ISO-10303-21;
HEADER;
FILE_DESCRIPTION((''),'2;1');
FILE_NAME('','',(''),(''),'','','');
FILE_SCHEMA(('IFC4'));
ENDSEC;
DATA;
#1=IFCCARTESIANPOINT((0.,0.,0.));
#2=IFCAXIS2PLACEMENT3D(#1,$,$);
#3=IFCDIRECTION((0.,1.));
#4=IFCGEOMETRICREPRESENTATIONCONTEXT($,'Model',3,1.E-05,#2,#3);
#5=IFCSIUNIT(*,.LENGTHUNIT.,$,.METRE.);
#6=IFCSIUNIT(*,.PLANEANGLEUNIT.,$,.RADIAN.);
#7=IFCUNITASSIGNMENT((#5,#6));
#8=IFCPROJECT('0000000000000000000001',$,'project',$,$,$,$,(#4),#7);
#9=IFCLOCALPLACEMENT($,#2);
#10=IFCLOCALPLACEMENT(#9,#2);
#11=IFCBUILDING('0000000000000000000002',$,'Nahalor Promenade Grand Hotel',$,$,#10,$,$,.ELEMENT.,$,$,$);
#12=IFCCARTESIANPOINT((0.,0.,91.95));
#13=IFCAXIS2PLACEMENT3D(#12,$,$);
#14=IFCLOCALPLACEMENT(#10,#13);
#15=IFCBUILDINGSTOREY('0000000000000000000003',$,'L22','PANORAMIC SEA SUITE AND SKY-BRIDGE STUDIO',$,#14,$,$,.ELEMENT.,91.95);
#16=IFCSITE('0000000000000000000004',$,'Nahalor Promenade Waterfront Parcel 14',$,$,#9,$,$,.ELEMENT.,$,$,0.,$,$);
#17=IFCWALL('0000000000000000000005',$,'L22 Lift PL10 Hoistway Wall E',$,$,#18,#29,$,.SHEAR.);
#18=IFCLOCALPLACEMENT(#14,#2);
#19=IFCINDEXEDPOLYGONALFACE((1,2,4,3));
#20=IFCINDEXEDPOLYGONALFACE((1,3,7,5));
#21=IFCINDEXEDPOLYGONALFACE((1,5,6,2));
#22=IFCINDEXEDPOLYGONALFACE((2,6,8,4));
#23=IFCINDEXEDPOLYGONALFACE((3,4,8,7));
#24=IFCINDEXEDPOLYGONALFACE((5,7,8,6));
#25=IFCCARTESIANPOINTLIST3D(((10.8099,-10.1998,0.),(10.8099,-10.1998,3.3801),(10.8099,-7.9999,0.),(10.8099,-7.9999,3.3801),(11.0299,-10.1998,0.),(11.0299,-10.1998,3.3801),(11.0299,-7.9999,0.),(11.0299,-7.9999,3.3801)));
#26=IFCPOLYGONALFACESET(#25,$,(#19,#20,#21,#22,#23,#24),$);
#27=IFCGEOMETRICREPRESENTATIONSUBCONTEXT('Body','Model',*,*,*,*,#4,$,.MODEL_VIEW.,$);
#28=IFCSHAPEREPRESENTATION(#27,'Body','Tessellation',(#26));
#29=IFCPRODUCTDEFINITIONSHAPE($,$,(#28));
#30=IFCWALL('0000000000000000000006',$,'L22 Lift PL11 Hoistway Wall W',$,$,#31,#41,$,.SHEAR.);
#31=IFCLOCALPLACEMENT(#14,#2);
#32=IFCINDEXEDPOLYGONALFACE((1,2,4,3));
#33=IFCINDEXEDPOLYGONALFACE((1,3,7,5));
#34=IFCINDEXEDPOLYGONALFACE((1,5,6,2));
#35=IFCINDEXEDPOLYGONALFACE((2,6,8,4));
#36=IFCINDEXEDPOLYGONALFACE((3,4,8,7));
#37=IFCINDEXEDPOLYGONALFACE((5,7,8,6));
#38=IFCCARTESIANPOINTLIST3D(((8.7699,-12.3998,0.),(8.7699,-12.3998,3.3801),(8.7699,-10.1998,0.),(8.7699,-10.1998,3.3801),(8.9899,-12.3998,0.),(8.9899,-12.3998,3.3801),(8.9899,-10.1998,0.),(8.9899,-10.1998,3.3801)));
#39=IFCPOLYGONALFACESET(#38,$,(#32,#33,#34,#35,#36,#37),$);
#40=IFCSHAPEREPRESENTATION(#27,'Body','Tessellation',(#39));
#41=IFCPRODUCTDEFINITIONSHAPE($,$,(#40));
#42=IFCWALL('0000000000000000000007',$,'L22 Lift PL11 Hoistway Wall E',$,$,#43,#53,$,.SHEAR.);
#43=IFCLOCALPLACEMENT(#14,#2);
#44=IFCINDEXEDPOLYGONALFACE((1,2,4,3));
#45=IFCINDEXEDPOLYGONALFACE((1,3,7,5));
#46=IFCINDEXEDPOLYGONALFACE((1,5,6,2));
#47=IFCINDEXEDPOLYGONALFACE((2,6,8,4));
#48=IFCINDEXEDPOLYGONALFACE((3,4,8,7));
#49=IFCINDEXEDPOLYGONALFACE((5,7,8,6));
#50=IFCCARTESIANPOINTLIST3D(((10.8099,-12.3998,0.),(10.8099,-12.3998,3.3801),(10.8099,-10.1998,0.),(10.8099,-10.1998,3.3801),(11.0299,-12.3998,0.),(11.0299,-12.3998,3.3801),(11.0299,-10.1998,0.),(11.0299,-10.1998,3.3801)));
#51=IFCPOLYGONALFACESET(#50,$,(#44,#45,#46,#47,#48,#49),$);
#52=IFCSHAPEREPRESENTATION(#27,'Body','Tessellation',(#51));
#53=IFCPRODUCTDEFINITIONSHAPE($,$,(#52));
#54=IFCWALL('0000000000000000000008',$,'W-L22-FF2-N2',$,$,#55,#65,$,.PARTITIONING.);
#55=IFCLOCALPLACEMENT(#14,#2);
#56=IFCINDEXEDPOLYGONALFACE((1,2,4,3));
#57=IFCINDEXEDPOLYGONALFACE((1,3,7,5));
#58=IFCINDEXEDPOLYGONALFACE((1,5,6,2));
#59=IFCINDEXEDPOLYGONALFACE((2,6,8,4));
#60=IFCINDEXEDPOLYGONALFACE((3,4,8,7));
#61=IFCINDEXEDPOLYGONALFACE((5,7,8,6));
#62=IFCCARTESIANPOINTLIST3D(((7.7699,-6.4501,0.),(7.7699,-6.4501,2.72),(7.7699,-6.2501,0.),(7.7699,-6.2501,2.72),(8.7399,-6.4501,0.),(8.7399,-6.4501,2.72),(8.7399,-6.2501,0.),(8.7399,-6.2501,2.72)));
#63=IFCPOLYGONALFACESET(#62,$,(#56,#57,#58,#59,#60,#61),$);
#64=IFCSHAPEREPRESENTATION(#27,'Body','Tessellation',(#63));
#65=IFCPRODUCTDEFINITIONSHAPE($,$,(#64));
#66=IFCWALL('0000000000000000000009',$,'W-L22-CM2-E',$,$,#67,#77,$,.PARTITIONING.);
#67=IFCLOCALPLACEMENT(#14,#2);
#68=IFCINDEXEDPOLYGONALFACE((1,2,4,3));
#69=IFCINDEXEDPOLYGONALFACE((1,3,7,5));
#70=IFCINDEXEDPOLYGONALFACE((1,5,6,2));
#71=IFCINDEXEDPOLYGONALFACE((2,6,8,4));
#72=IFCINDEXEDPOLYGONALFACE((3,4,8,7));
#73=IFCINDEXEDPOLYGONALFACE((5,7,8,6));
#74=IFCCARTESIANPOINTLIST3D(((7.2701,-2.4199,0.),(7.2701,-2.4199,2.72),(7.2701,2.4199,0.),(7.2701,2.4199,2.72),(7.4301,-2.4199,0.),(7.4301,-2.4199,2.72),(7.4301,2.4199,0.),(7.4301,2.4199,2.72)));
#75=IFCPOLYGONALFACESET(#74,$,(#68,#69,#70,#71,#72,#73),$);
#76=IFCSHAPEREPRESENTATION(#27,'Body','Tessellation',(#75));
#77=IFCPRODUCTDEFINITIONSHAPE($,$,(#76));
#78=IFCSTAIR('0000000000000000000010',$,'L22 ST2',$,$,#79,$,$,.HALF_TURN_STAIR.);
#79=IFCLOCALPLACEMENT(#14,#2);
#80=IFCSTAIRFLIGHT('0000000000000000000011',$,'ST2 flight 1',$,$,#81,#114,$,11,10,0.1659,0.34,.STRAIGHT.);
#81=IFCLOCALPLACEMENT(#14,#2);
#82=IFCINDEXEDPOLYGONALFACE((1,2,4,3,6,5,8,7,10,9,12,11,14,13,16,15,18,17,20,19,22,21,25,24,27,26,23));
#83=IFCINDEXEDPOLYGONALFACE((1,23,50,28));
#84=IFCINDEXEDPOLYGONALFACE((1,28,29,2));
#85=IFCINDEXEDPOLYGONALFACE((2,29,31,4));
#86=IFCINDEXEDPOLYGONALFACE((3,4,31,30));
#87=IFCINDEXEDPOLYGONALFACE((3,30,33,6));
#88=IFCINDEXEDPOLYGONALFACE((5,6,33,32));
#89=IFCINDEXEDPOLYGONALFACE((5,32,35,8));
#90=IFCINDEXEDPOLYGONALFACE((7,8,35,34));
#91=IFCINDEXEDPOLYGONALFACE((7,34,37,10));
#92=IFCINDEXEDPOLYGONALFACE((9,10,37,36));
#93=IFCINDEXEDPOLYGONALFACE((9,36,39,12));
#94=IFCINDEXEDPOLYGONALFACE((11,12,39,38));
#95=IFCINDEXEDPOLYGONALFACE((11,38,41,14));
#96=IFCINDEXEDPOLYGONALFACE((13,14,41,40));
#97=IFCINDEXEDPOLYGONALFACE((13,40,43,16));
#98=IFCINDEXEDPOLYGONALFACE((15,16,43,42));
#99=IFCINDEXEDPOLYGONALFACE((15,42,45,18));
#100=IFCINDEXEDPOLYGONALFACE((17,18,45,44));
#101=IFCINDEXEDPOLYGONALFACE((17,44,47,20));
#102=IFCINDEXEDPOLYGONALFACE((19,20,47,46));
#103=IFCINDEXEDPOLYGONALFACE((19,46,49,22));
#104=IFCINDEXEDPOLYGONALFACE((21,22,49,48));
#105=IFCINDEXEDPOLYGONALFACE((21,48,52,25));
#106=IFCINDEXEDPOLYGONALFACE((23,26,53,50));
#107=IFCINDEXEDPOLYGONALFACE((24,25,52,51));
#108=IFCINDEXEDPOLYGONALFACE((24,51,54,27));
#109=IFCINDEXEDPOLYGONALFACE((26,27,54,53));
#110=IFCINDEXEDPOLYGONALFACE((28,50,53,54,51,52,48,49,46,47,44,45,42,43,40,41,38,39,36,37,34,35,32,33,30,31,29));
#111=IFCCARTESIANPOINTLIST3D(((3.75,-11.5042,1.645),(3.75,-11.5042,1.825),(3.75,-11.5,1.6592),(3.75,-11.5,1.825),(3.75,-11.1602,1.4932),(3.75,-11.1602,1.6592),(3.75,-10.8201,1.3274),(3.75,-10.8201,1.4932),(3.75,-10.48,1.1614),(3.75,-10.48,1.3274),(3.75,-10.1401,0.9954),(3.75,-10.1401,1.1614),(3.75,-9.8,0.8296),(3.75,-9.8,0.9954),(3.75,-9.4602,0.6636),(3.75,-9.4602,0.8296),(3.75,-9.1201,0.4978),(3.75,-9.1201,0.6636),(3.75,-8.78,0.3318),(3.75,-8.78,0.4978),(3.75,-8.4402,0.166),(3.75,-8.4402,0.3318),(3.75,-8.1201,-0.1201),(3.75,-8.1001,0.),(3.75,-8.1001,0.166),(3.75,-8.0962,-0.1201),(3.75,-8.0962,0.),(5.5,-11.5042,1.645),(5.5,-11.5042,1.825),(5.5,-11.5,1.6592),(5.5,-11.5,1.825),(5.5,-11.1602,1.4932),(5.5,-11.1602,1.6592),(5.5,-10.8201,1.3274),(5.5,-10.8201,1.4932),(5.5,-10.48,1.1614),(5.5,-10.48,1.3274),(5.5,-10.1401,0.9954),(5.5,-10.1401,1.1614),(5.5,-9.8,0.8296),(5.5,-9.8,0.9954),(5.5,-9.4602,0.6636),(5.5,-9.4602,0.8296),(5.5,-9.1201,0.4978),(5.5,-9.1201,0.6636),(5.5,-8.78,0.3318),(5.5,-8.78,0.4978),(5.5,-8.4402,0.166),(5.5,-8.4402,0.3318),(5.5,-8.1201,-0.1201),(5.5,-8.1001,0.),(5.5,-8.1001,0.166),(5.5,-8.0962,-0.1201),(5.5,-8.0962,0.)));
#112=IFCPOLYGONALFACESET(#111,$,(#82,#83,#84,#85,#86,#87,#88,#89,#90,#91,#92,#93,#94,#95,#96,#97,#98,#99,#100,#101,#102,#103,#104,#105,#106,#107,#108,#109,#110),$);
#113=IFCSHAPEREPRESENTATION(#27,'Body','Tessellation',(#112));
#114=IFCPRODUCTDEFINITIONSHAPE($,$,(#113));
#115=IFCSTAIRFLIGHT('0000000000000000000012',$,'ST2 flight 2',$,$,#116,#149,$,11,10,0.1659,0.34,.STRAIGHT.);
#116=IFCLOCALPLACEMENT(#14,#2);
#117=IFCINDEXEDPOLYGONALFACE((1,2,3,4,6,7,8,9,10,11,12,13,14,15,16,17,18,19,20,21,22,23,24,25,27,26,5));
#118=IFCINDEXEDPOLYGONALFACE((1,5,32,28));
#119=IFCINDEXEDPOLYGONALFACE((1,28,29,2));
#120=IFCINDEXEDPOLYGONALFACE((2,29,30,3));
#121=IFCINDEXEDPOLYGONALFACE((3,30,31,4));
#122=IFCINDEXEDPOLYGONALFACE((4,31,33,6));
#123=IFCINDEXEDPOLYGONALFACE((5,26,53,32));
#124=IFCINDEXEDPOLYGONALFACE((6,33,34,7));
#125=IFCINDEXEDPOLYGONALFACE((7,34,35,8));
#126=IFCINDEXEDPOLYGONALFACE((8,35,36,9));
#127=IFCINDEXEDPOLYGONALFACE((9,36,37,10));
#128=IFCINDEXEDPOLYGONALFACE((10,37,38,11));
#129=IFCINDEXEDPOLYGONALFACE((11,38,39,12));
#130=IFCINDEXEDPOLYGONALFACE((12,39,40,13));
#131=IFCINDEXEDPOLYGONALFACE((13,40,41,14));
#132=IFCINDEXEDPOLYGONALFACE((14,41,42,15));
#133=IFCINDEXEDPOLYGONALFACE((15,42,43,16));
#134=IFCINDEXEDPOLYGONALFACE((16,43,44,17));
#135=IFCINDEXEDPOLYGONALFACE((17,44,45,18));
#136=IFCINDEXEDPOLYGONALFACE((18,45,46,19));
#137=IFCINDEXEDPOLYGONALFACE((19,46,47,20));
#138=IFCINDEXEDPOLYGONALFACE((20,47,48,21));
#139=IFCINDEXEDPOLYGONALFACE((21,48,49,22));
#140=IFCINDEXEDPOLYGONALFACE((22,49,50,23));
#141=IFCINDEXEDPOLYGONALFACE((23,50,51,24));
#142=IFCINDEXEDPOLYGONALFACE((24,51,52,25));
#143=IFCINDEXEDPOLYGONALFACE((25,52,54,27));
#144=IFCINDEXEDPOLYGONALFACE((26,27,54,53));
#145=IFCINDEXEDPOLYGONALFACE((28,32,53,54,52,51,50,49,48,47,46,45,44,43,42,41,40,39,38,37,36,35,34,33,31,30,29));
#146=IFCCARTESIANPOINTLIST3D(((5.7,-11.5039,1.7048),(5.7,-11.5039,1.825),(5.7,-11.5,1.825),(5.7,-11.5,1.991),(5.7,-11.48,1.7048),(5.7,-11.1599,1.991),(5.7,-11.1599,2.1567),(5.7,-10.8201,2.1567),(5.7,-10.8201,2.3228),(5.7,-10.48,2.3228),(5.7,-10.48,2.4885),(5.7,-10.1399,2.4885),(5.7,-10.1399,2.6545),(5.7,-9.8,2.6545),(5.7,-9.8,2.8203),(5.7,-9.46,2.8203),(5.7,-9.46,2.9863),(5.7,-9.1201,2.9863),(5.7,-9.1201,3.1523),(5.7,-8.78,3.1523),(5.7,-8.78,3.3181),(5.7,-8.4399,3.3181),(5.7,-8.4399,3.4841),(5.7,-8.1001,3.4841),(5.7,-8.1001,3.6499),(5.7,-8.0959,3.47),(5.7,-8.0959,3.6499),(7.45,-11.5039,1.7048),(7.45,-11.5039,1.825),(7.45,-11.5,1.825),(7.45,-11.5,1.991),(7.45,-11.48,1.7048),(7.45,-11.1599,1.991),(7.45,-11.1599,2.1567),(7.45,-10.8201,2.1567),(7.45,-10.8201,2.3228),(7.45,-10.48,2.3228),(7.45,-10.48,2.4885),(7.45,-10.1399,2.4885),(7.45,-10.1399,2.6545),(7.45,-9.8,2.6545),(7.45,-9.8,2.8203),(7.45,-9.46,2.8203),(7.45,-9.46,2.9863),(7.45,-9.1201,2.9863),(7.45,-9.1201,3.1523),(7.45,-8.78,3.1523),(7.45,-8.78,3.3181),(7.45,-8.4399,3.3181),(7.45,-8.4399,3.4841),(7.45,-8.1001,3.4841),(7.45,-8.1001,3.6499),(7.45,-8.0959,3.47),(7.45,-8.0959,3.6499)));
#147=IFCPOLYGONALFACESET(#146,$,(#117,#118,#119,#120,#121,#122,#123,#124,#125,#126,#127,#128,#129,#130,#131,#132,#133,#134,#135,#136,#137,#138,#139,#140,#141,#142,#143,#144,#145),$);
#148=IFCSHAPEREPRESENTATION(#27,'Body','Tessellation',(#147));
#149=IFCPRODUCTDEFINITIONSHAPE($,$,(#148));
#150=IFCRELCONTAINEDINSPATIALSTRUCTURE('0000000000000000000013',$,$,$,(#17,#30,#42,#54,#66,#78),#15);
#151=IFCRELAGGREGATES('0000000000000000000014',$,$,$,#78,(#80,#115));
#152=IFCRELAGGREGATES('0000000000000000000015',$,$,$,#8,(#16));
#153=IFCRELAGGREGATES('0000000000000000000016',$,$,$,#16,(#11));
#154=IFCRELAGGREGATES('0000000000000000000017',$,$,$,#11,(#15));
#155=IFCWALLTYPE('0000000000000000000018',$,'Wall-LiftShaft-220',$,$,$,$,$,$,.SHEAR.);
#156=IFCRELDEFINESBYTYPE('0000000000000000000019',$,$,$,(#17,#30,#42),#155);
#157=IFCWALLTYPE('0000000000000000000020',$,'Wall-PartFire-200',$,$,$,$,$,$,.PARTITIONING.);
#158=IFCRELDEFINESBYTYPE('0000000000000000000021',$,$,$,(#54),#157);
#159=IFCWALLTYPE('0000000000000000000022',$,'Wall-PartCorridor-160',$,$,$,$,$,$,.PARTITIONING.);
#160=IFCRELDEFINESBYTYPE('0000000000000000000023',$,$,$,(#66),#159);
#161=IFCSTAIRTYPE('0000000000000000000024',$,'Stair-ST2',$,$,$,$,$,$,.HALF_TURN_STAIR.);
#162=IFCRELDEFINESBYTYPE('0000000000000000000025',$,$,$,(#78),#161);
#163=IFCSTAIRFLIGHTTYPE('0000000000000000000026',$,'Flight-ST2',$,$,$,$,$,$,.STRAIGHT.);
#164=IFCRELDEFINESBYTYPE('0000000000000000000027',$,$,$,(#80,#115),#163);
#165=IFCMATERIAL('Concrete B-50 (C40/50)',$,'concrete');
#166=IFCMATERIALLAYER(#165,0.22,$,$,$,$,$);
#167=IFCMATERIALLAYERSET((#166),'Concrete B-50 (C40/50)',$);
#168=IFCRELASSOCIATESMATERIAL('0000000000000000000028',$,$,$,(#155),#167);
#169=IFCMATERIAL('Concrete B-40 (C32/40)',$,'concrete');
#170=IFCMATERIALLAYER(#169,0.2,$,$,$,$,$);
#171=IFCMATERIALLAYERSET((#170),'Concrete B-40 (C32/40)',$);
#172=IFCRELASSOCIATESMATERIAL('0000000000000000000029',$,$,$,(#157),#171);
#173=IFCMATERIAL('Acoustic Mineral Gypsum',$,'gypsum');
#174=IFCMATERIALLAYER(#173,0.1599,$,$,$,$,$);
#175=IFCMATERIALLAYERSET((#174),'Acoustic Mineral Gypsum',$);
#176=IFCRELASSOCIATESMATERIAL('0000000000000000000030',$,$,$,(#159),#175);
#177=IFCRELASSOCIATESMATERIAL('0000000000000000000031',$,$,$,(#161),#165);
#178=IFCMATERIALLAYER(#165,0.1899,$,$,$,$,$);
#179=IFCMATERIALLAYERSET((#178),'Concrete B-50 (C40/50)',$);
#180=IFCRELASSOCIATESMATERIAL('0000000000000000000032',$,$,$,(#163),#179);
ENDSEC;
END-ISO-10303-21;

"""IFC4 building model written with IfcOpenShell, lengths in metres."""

from ifc_helpers import new_model, si_unit, direction, frame, frame_2d, origin, place, context, subcontext, project, spatial, polyline, rectangle, outline, extrude, source, transform, mapped, material, layer, layer_set, type_object, element, aggregate, save


model = new_model("IFC4")

# Units and contexts
model_context = context("Model", 3, precision=1e-05, world=origin(), true_north=direction((0.0, 1.0)))
body_context = subcontext(model_context, "Body", "Model", "MODEL_VIEW")
ifc_project = project(units=[si_unit("LENGTHUNIT", "METRE"), si_unit("PLANEANGLEUNIT", "RADIAN")], contexts=[model_context])

# Site, building, storey
site_placement = place(None, origin())
site = spatial("IfcSite", under=ifc_project, at=site_placement, Name="Nahalor Promenade Waterfront Parcel 14", CompositionType="ELEMENT", RefElevation=0.0)
building_placement = place(site_placement, origin())
building = spatial("IfcBuilding", under=site, at=building_placement, Name="Nahalor Promenade Grand Hotel", CompositionType="ELEMENT")
storey_placement = place(building_placement, frame((0.0, 0.0, 91.95)))
storey = spatial("IfcBuildingStorey", under=building, at=storey_placement, Name="L22", Description="PANORAMIC SEA SUITE AND SKY-BRIDGE STUDIO", CompositionType="ELEMENT", Elevation=91.95)

# Walls
ifc_material_1 = material(Name="Concrete B-50 (C40/50)", Category="concrete")
ifc_layer_1 = layer(ifc_material_1, 0.22)
ifc_layer_set_1 = layer_set([ifc_layer_1], Name="Concrete B-50 (C40/50)")
wall_type_1 = type_object("IfcWallType", Name="Wall-LiftShaft-220", PredefinedType="SHEAR", material=ifc_layer_set_1)
shared_shape_1 = source(origin(), body_context, "Body", "SweptSolid", [
    extrude(rectangle(XDim=2.2, YDim=0.22, at=frame_2d((1.1001, 0.0))), origin(), (0.0, 0.0, 1.0), 3.3801),
])
for number, where, z_axis, x_axis, name in (
    (1, (10.9199, -10.2, 0.0), (0.0, 0.0, 1.0), (0.0, 1.0, 0.0), "L22 Lift PL10 Hoistway Wall E"),
    (2, (8.8799, -12.3999, 0.0), (0.0, 0.0, 1.0), (0.0, 1.0, 0.0), "L22 Lift PL11 Hoistway Wall W"),
    (3, (10.9199, -12.3999, 0.0), (0.0, 0.0, 1.0), (0.0, 1.0, 0.0), "L22 Lift PL11 Hoistway Wall E"),
):
    element("IfcWall", number, at=place(storey_placement, frame(where, z_axis=z_axis, x_axis=x_axis)), inside=storey, type_object=wall_type_1, Name=name, PredefinedType="SHEAR", context=body_context, shape_type="MappedRepresentation", body=[
        mapped(shared_shape_1, transform((0.0, 0.0, 0.0), scale=1.0)),
    ])
ifc_material_2 = material(Name="Concrete B-40 (C32/40)", Category="concrete")
ifc_layer_2 = layer(ifc_material_2, 0.2)
ifc_layer_set_2 = layer_set([ifc_layer_2], Name="Concrete B-40 (C32/40)")
wall_type_2 = type_object("IfcWallType", Name="Wall-PartFire-200", PredefinedType="PARTITIONING", material=ifc_layer_set_2)
shared_shape_2 = source(origin(), body_context, "Body", "SweptSolid", [
    extrude(rectangle(XDim=0.97, YDim=0.2, at=frame_2d((0.4849, 0.0))), origin(), (0.0, 0.0, 1.0), 2.72),
])
wall_1_placement = place(storey_placement, frame((7.77, -6.3501, 0.0), z_axis=(0.0, 0.0, 1.0), x_axis=(1.0, 0.0, 0.0)))
element("IfcWall", 4, at=wall_1_placement, inside=storey, type_object=wall_type_2, Name="W-L22-FF2-N2", PredefinedType="PARTITIONING", context=body_context, shape_type="MappedRepresentation", body=[
    mapped(shared_shape_2, transform((0.0, 0.0, 0.0), scale=1.0)),
])
ifc_material_3 = material(Name="Acoustic Mineral Gypsum", Category="gypsum")
ifc_layer_3 = layer(ifc_material_3, 0.1599)
ifc_layer_set_3 = layer_set([ifc_layer_3], Name="Acoustic Mineral Gypsum")
wall_type_3 = type_object("IfcWallType", Name="Wall-PartCorridor-160", PredefinedType="PARTITIONING", material=ifc_layer_set_3)
shared_shape_3 = source(origin(), body_context, "Body", "SweptSolid", [
    extrude(rectangle(XDim=4.8398, YDim=0.1599, at=frame_2d((2.4199, 0.0))), origin(), (0.0, 0.0, 1.0), 2.72),
])
wall_2_placement = place(storey_placement, frame((7.3501, -2.4199, 0.0), z_axis=(0.0, 0.0, 1.0), x_axis=(0.0, 1.0, 0.0)))
element("IfcWall", 5, at=wall_2_placement, inside=storey, type_object=wall_type_3, Name="W-L22-CM2-E", PredefinedType="PARTITIONING", context=body_context, shape_type="MappedRepresentation", body=[
    mapped(shared_shape_3, transform((0.0, 0.0, 0.0), scale=1.0)),
])

# Stair, stair flights
stair_type = type_object("IfcStairType", Name="Stair-ST2", PredefinedType="HALF_TURN_STAIR", material=ifc_material_1)
stair_placement = place(storey_placement, origin())
stair = element("IfcStair", 6, at=stair_placement, inside=storey, type_object=stair_type, Name="L22 ST2", PredefinedType="HALF_TURN_STAIR")
ifc_layer_4 = layer(ifc_material_1, 0.1899)
ifc_layer_set_4 = layer_set([ifc_layer_4], Name="Concrete B-50 (C40/50)")
stair_flight_type = type_object("IfcStairFlightType", Name="Flight-ST2", PredefinedType="STRAIGHT", material=ifc_layer_set_4)
shared_shape_4 = source(origin(), body_context, "Body", "SweptSolid", [
    extrude(outline(polyline([(-0.0039, -0.1201), (-0.0039, 0.0), (0.0, 0.0), (0.0, 0.166), (0.3401, 0.166), (0.3401, 0.3318), (0.6799, 0.3318), (0.6799, 0.4978), (1.02, 0.4978), (1.02, 0.6636), (1.3601, 0.6636), (1.3601, 0.8296), (1.7, 0.8296), (1.7, 0.9954), (2.04, 0.9954), (2.04, 1.1614), (2.3799, 1.1614), (2.3799, 1.3274), (2.72, 1.3274), (2.72, 1.4932), (3.0601, 1.4932), (3.0601, 1.6592), (3.3999, 1.6592), (3.3999, 1.825), (3.4041, 1.825), (3.4041, 1.645), (0.02, -0.1201), (-0.0039, -0.1201)])), frame((0.0, 0.875, 0.0), z_axis=(0.0, -1.0, 0.0), x_axis=(1.0, 0.0, 0.0)), (0.0, 0.0, 1.0), 1.75),
])
stair_flight_1_placement = place(storey_placement, frame((4.625, -8.1001, 0.0), z_axis=(0.0, 0.0, 1.0), x_axis=(0.0, -1.0, 0.0)))
stair_flight_1 = element("IfcStairFlight", 7, at=stair_flight_1_placement, type_object=stair_flight_type, Name="ST2 flight 1", NumberOfRisers=11, NumberOfTreads=10, PredefinedType="STRAIGHT", RiserHeight=0.1659, TreadLength=0.34, context=body_context, shape_type="MappedRepresentation", body=[
    mapped(shared_shape_4, transform((0.0, 0.0, 0.0), scale=1.0)),
])
stair_flight_2_placement = place(storey_placement, frame((6.575, -11.5, 1.825), z_axis=(0.0, 0.0, 1.0), x_axis=(0.0, 1.0, 0.0)))
stair_flight_2 = element("IfcStairFlight", 8, at=stair_flight_2_placement, type_object=stair_flight_type, Name="ST2 flight 2", NumberOfRisers=11, NumberOfTreads=10, PredefinedType="STRAIGHT", RiserHeight=0.1659, TreadLength=0.34, context=body_context, shape_type="MappedRepresentation", body=[
    mapped(shared_shape_4, transform((0.0, 0.0, 0.0), scale=1.0)),
])
aggregate(stair, [stair_flight_1, stair_flight_2])

save(model, "model.ifc")
